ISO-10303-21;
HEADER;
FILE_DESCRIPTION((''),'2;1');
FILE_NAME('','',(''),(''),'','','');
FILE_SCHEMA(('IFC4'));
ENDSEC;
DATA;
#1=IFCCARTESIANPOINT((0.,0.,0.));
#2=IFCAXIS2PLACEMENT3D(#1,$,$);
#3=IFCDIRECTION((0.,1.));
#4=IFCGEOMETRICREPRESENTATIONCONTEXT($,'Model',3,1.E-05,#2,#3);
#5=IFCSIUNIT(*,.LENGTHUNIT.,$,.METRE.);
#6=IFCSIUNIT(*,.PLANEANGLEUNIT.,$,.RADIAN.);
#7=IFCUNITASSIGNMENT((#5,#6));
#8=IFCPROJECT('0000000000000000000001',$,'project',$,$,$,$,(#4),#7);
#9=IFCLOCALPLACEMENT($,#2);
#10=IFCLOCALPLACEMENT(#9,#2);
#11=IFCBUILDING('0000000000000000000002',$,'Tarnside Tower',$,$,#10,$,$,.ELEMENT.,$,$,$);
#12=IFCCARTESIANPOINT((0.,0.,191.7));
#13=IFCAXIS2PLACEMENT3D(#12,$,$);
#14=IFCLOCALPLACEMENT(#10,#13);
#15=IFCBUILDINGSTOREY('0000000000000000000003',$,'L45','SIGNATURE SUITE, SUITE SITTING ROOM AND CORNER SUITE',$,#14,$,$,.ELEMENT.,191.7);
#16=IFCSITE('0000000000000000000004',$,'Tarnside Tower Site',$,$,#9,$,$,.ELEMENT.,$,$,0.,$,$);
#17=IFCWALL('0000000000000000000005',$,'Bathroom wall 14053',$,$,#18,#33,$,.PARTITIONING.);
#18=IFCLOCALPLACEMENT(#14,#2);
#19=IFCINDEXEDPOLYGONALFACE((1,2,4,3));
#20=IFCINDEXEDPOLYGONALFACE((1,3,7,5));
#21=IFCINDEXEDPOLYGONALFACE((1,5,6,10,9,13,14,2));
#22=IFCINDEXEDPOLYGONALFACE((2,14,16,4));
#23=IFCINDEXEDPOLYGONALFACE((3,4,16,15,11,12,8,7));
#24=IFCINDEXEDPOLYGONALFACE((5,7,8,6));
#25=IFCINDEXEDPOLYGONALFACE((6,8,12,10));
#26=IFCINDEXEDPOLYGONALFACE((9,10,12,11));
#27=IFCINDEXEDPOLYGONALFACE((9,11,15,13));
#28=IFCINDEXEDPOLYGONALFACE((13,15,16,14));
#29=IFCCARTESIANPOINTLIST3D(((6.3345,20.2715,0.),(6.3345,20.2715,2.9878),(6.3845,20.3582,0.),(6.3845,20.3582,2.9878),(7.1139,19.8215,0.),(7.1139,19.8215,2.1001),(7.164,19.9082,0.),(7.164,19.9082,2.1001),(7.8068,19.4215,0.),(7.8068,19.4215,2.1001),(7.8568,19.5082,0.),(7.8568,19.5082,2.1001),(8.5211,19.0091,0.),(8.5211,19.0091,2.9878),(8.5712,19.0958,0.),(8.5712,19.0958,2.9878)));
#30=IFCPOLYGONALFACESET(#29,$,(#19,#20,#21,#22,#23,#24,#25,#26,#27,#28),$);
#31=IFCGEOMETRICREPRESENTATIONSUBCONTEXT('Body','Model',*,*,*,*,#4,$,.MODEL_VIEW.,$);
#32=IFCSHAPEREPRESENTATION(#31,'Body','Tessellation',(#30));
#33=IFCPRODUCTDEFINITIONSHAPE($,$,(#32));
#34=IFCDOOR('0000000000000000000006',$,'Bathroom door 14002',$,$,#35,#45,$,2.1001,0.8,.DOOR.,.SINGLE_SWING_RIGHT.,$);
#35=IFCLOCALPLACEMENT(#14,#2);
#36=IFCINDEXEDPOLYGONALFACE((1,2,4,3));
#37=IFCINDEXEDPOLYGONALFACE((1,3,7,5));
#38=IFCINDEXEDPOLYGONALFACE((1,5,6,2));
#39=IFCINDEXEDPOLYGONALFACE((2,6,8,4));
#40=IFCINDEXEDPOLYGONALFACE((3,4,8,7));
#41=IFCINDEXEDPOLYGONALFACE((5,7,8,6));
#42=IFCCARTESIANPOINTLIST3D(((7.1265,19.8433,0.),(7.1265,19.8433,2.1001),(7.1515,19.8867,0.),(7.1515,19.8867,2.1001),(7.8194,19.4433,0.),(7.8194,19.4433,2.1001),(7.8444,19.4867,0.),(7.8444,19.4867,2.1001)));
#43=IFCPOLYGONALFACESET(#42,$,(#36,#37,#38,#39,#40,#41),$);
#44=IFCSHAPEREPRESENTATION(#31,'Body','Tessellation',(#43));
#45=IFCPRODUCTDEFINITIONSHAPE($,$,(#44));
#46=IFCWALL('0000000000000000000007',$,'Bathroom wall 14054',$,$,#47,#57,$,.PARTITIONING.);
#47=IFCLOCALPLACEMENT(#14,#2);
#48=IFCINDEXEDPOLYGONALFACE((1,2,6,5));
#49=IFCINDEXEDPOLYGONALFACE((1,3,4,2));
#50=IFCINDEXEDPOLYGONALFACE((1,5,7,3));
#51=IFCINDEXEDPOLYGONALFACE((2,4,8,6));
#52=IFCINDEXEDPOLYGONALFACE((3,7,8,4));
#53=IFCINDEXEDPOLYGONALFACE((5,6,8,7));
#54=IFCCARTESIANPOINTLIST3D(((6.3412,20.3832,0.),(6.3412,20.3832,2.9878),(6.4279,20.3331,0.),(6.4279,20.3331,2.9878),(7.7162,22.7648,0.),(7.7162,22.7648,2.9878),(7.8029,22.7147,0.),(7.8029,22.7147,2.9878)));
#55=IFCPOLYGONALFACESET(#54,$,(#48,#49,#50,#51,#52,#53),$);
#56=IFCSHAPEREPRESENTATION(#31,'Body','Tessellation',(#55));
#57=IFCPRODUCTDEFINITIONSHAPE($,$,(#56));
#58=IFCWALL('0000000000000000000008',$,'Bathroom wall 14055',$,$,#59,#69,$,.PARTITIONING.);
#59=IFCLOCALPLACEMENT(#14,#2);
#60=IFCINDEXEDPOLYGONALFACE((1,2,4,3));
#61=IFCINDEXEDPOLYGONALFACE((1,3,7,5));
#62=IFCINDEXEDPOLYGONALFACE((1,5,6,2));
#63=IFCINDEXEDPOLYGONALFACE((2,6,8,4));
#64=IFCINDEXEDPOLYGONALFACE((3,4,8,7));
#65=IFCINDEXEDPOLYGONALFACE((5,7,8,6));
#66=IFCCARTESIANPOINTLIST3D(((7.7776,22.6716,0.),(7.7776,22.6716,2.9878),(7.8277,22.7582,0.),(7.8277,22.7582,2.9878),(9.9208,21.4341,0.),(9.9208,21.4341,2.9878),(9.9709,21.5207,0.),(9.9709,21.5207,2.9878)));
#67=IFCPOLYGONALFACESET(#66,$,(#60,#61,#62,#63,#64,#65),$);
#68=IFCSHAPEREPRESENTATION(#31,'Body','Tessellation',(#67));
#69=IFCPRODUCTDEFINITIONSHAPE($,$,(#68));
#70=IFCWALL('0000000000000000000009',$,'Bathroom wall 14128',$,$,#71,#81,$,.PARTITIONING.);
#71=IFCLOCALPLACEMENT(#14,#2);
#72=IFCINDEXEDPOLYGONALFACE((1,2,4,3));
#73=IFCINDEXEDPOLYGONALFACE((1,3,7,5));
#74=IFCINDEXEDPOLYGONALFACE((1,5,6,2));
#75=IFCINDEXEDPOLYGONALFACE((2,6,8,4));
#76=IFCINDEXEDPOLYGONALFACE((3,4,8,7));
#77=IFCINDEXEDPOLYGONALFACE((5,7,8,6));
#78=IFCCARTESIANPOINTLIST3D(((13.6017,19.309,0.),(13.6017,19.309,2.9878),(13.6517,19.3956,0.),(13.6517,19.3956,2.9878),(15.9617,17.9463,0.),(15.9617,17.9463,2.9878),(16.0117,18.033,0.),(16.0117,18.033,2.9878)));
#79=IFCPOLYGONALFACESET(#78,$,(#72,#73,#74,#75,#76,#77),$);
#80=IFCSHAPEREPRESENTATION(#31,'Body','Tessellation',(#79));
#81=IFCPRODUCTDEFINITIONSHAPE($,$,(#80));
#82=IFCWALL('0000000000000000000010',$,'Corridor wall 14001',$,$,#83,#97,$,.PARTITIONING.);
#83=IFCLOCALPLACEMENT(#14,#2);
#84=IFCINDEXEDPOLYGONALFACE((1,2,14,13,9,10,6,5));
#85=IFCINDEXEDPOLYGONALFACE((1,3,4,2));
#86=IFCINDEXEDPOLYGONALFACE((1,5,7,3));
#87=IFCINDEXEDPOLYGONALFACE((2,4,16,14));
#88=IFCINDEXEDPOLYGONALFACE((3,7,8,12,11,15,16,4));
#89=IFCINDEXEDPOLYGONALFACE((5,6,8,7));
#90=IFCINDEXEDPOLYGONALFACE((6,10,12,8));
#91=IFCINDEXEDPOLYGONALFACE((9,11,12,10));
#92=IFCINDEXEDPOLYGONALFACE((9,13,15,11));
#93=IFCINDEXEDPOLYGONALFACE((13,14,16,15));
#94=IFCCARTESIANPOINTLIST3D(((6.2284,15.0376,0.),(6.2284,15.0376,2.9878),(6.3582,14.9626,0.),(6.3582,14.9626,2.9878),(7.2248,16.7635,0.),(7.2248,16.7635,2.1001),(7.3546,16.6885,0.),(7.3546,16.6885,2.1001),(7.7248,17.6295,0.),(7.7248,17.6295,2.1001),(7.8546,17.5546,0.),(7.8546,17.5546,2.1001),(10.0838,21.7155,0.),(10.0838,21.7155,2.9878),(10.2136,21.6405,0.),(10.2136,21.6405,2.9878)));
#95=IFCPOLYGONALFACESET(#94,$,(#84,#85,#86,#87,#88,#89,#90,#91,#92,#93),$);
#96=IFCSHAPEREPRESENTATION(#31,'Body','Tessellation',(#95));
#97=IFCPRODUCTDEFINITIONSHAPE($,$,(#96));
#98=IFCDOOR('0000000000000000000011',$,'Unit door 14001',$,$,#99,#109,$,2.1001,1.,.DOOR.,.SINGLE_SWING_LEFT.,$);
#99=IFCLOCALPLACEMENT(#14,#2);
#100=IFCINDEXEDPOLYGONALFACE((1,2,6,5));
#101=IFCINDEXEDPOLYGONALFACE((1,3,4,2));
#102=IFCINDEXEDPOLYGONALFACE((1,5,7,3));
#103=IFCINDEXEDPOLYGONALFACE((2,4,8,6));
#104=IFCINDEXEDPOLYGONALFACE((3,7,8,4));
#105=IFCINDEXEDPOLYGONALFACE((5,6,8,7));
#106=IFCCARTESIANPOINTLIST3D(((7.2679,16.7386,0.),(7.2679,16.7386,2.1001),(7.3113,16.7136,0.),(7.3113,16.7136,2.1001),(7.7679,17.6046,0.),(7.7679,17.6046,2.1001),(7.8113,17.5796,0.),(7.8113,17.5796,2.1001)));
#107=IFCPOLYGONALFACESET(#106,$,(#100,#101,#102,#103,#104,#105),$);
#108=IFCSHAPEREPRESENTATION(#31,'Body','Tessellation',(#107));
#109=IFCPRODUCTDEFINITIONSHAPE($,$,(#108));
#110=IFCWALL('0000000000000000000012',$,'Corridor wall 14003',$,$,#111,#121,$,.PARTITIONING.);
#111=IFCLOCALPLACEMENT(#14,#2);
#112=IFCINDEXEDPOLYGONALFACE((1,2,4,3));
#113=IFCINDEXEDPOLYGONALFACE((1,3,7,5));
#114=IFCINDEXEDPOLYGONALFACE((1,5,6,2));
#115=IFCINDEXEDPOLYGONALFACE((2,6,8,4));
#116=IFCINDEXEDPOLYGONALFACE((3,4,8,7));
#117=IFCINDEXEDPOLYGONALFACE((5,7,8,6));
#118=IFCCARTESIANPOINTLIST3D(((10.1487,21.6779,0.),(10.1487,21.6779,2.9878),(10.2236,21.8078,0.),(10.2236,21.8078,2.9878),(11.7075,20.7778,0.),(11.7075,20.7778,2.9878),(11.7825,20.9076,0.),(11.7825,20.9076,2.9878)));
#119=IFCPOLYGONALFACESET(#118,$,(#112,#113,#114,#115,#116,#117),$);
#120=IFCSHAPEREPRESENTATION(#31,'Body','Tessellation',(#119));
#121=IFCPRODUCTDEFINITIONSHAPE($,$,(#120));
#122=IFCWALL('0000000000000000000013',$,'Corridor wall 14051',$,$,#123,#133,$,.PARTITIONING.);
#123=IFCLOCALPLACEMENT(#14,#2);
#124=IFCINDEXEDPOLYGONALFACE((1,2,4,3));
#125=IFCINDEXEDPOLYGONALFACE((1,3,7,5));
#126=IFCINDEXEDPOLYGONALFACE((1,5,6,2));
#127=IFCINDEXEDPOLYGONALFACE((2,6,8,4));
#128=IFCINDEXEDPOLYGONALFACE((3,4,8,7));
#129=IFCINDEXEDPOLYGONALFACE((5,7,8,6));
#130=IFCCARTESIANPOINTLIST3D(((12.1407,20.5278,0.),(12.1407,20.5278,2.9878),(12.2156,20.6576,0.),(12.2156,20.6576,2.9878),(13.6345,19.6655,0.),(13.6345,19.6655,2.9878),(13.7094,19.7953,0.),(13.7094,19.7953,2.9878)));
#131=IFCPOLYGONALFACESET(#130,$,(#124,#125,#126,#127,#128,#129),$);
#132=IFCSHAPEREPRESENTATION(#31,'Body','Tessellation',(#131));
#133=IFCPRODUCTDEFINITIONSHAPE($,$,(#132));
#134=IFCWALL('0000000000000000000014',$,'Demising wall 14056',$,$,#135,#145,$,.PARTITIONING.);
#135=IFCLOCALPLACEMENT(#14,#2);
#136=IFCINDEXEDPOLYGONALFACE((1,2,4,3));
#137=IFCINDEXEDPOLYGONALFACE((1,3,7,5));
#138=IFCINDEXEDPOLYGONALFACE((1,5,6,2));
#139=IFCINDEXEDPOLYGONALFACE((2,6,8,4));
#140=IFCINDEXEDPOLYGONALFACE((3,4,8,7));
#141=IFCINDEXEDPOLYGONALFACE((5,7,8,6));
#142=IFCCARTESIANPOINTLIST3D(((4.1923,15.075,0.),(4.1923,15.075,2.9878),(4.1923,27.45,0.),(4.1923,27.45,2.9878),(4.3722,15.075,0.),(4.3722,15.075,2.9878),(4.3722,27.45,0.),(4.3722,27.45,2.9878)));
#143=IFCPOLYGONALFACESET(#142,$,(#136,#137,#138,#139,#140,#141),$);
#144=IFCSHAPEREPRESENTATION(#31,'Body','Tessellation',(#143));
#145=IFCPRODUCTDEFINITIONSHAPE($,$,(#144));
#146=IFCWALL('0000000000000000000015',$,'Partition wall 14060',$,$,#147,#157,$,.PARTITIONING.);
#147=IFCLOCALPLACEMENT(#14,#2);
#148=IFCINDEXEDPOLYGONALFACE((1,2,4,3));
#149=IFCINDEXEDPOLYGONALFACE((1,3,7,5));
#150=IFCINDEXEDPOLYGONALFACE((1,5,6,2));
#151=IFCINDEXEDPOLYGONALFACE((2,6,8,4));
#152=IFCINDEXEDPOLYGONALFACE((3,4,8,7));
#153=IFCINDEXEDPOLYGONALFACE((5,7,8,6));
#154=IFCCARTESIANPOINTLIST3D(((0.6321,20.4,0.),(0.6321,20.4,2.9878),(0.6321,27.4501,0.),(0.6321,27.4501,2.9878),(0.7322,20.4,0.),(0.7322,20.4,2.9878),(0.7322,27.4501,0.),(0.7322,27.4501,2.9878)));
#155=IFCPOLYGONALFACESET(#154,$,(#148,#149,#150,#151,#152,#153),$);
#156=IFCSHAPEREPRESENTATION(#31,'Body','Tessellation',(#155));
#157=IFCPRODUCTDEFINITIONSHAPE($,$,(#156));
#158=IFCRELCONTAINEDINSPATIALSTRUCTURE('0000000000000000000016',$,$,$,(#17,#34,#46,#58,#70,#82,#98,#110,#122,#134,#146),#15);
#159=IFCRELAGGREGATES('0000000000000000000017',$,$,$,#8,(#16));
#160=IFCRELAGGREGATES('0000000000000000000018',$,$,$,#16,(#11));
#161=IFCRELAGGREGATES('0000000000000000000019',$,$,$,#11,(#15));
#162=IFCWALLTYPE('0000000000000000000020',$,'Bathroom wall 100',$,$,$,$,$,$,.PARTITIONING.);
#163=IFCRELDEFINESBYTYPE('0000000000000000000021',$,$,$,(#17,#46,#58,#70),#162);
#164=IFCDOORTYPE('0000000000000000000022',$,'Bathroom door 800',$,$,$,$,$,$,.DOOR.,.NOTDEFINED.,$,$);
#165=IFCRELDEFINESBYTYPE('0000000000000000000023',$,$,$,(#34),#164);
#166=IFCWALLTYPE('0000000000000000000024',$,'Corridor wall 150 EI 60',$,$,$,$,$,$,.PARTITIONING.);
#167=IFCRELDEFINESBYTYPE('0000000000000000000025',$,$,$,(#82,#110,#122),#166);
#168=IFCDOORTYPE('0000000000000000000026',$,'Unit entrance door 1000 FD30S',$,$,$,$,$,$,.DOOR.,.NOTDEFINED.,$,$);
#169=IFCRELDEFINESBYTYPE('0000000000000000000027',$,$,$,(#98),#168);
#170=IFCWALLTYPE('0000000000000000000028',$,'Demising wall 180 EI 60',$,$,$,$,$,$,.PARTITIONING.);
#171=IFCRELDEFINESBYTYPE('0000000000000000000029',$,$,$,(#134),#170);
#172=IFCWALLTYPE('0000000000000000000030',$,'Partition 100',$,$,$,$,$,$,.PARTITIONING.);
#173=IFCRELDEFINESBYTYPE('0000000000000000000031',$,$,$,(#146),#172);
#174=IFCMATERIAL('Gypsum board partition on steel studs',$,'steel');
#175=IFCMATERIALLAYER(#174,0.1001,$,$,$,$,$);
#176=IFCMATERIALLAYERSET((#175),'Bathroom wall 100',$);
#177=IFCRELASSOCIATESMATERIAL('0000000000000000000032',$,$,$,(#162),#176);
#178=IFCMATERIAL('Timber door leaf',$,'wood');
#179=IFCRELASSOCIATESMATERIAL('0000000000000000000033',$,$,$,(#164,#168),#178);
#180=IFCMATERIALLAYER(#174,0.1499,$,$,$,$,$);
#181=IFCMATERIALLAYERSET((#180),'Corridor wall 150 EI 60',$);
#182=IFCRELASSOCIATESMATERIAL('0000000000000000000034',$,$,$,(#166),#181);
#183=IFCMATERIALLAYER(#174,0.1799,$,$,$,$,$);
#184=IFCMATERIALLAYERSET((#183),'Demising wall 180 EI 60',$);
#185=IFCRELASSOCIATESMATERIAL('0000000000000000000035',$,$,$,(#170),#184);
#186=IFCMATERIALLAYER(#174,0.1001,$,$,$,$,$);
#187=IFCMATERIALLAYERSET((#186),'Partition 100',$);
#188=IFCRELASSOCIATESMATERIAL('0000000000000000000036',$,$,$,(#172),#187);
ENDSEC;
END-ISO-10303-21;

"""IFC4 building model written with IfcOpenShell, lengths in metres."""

from ifc_helpers import new_model, si_unit, direction, frame, frame_2d, origin, place, context, subcontext, project, spatial, rectangle, extrude, material, layer, layer_set, type_object, element, fill, save


model = new_model("IFC4")

# Units and contexts
model_context = context("Model", 3, precision=1e-05, world=origin(), true_north=direction((0.0, 1.0)))
body_context = subcontext(model_context, "Body", "Model", "MODEL_VIEW")
ifc_project = project(units=[si_unit("LENGTHUNIT", "METRE"), si_unit("PLANEANGLEUNIT", "RADIAN")], contexts=[model_context])

# Site, building, storey
site_placement = place(None, origin())
site = spatial("IfcSite", under=ifc_project, at=site_placement, Name="Tarnside Tower Site", CompositionType="ELEMENT", RefElevation=0.0)
building_placement = place(site_placement, origin())
building = spatial("IfcBuilding", under=site, at=building_placement, Name="Tarnside Tower", CompositionType="ELEMENT")
storey_placement = place(building_placement, frame((0.0, 0.0, 191.7)))
storey = spatial("IfcBuildingStorey", under=building, at=storey_placement, Name="L45", Description="SIGNATURE SUITE, SUITE SITTING ROOM AND CORNER SUITE", CompositionType="ELEMENT", Elevation=191.7)

# Wall, opening, door
ifc_material_1 = material(Name="Gypsum board partition on steel studs", Category="steel")
ifc_layer_1 = layer(ifc_material_1, 0.1001)
ifc_layer_set_1 = layer_set([ifc_layer_1], Name="Bathroom wall 100")
wall_type_1 = type_object("IfcWallType", Name="Bathroom wall 100", PredefinedType="PARTITIONING", material=ifc_layer_set_1)
wall_1_placement = place(storey_placement, frame((8.5461, 19.0525, 0.0), z_axis=(0.0, 0.0, 1.0), x_axis=(-0.866039, 0.499976, 0.0)))
wall_1 = element("IfcWall", 1, at=wall_1_placement, inside=storey, type_object=wall_type_1, Name="Bathroom wall 14053", PredefinedType="PARTITIONING", context=body_context, shape_type="SweptSolid", body=[
    extrude(rectangle(XDim=2.5249, YDim=0.1001, at=frame_2d((1.2625, 0.0))), origin(), (0.0, 0.0, 1.0), 2.9878),
])
opening_1_placement = place(wall_1_placement, frame((0.825, 0.0, 0.0)))
opening_1 = element("IfcOpeningElement", 2, at=opening_1_placement, cuts=wall_1, PredefinedType="OPENING", context=body_context, shape_type="SweptSolid", body=[
    extrude(rectangle(XDim=0.8, YDim=2.1001, at=frame_2d((0.3999, 1.05))), frame((0.0, 0.0601, 0.0), z_axis=(0.0, -1.0, 0.0), x_axis=(1.0, 0.0, 0.0)), (0.0, 0.0, 1.0), 0.1201),
])
ifc_material_2 = material(Name="Timber door leaf", Category="wood")
door_type_1 = type_object("IfcDoorType", Name="Bathroom door 800", OperationType="NOTDEFINED", PredefinedType="DOOR", material=ifc_material_2)
door_1_placement = place(opening_1_placement, origin())
door_1 = element("IfcDoor", 3, at=door_1_placement, inside=storey, type_object=door_type_1, Name="Bathroom door 14002", OperationType="SINGLE_SWING_RIGHT", OverallHeight=2.1001, OverallWidth=0.8, PredefinedType="DOOR", context=body_context, shape_type="SweptSolid", body=[
    extrude(rectangle(XDim=0.8, YDim=2.1001, at=frame_2d((0.3999, 1.05))), frame((0.0, 0.0249, 0.0), z_axis=(0.0, -1.0, 0.0), x_axis=(1.0, 0.0, 0.0)), (0.0, 0.0, 1.0), 0.05),
])
fill(opening_1, door_1)

# Walls
wall_2_placement = place(storey_placement, frame((6.3845, 20.3582, 0.0), z_axis=(0.0, 0.0, 1.0), x_axis=(0.499997, 0.866027, 0.0)))
element("IfcWall", 4, at=wall_2_placement, inside=storey, type_object=wall_type_1, Name="Bathroom wall 14054", PredefinedType="PARTITIONING", context=body_context, shape_type="SweptSolid", body=[
    extrude(rectangle(XDim=2.75, YDim=0.1001, at=frame_2d((1.375, 0.0))), origin(), (0.0, 0.0, 1.0), 2.9878),
])
wall_3_placement = place(storey_placement, frame((7.8027, 22.7148, 0.0), z_axis=(0.0, 0.0, 1.0), x_axis=(0.866007, -0.500033, 0.0)))
element("IfcWall", 5, at=wall_3_placement, inside=storey, type_object=wall_type_1, Name="Bathroom wall 14055", PredefinedType="PARTITIONING", context=body_context, shape_type="SweptSolid", body=[
    extrude(rectangle(XDim=2.4749, YDim=0.1001, at=frame_2d((1.2373, 0.0))), origin(), (0.0, 0.0, 1.0), 2.9878),
])
wall_4_placement = place(storey_placement, frame((13.6267, 19.3523, 0.0), z_axis=(0.0, 0.0, 1.0), x_axis=(0.866013, -0.500022, 0.0)))
element("IfcWall", 6, at=wall_4_placement, inside=storey, type_object=wall_type_1, Name="Bathroom wall 14128", PredefinedType="PARTITIONING", context=body_context, shape_type="SweptSolid", body=[
    extrude(rectangle(XDim=2.7251, YDim=0.1001, at=frame_2d((1.3625, 0.0))), origin(), (0.0, 0.0, 1.0), 2.9878),
])

# Wall, opening, door
ifc_layer_2 = layer(ifc_material_1, 0.1499)
ifc_layer_set_2 = layer_set([ifc_layer_2], Name="Corridor wall 150 EI 60")
wall_type_2 = type_object("IfcWallType", Name="Corridor wall 150 EI 60", PredefinedType="PARTITIONING", material=ifc_layer_set_2)
wall_5_placement = place(storey_placement, frame((10.1487, 21.678, 0.0), z_axis=(0.0, 0.0, 1.0), x_axis=(-0.499994, -0.866029, 0.0)))
wall_5 = element("IfcWall", 7, at=wall_5_placement, inside=storey, type_object=wall_type_2, Name="Corridor wall 14001", PredefinedType="PARTITIONING", context=body_context, shape_type="SweptSolid", body=[
    extrude(rectangle(XDim=7.7109, YDim=0.1499, at=frame_2d((3.8555, 0.0))), origin(), (0.0, 0.0, 1.0), 2.9878),
])
opening_2_placement = place(wall_5_placement, frame((4.718, 0.0, 0.0)))
opening_2 = element("IfcOpeningElement", 8, at=opening_2_placement, cuts=wall_5, PredefinedType="OPENING", context=body_context, shape_type="SweptSolid", body=[
    extrude(rectangle(XDim=1.0, YDim=2.1001, at=frame_2d((0.5, 1.05))), frame((0.0, 0.085, 0.0), z_axis=(0.0, -1.0, 0.0), x_axis=(1.0, 0.0, 0.0)), (0.0, 0.0, 1.0), 0.1699),
])
door_type_2 = type_object("IfcDoorType", Name="Unit entrance door 1000 FD30S", OperationType="NOTDEFINED", PredefinedType="DOOR", material=ifc_material_2)
door_2_placement = place(opening_2_placement, origin())
door_2 = element("IfcDoor", 9, at=door_2_placement, inside=storey, type_object=door_type_2, Name="Unit door 14001", OperationType="SINGLE_SWING_LEFT", OverallHeight=2.1001, OverallWidth=1.0, PredefinedType="DOOR", context=body_context, shape_type="SweptSolid", body=[
    extrude(rectangle(XDim=1.0, YDim=2.1001, at=frame_2d((0.5, 1.05))), frame((0.0, 0.0249, 0.0), z_axis=(0.0, -1.0, 0.0), x_axis=(1.0, 0.0, 0.0)), (0.0, 0.0, 1.0), 0.05),
])
fill(opening_2, door_2)

# Walls
wall_6_placement = place(storey_placement, frame((11.7449, 20.8428, 0.0), z_axis=(0.0, 0.0, 1.0), x_axis=(-0.865989, 0.500063, 0.0)))
element("IfcWall", 10, at=wall_6_placement, inside=storey, type_object=wall_type_2, Name="Corridor wall 14003", PredefinedType="PARTITIONING", context=body_context, shape_type="SweptSolid", body=[
    extrude(rectangle(XDim=1.8, YDim=0.1499, at=frame_2d((0.8999, 0.0))), origin(), (0.0, 0.0, 1.0), 2.9878),
])
wall_7_placement = place(storey_placement, frame((13.6719, 19.7305, 0.0), z_axis=(0.0, 0.0, 1.0), x_axis=(-0.866075, 0.499914, 0.0)))
element("IfcWall", 11, at=wall_7_placement, inside=storey, type_object=wall_type_2, Name="Corridor wall 14051", PredefinedType="PARTITIONING", context=body_context, shape_type="SweptSolid", body=[
    extrude(rectangle(XDim=1.7249, YDim=0.1499, at=frame_2d((0.8623, 0.0))), origin(), (0.0, 0.0, 1.0), 2.9878),
])
ifc_layer_3 = layer(ifc_material_1, 0.1799)
ifc_layer_set_3 = layer_set([ifc_layer_3], Name="Demising wall 180 EI 60")
wall_type_3 = type_object("IfcWallType", Name="Demising wall 180 EI 60", PredefinedType="PARTITIONING", material=ifc_layer_set_3)
wall_8_placement = place(storey_placement, frame((4.2822, 27.45, 0.0), z_axis=(0.0, 0.0, 1.0), x_axis=(0.0, -1.0, 0.0)))
element("IfcWall", 12, at=wall_8_placement, inside=storey, type_object=wall_type_3, Name="Demising wall 14056", PredefinedType="PARTITIONING", context=body_context, shape_type="SweptSolid", body=[
    extrude(rectangle(XDim=12.375, YDim=0.1799, at=frame_2d((6.1875, 0.0))), origin(), (0.0, 0.0, 1.0), 2.9878),
])
ifc_layer_4 = layer(ifc_material_1, 0.1001)
ifc_layer_set_4 = layer_set([ifc_layer_4], Name="Partition 100")
wall_type_4 = type_object("IfcWallType", Name="Partition 100", PredefinedType="PARTITIONING", material=ifc_layer_set_4)
wall_9_placement = place(storey_placement, frame((0.6821, 27.45, 0.0), z_axis=(0.0, 0.0, 1.0), x_axis=(0.0, -1.0, 0.0)))
element("IfcWall", 13, at=wall_9_placement, inside=storey, type_object=wall_type_4, Name="Partition wall 14060", PredefinedType="PARTITIONING", context=body_context, shape_type="SweptSolid", body=[
    extrude(rectangle(XDim=7.05, YDim=0.1001, at=frame_2d((3.5249, 0.0))), origin(), (0.0, 0.0, 1.0), 2.9878),
])

save(model, "model.ifc")
